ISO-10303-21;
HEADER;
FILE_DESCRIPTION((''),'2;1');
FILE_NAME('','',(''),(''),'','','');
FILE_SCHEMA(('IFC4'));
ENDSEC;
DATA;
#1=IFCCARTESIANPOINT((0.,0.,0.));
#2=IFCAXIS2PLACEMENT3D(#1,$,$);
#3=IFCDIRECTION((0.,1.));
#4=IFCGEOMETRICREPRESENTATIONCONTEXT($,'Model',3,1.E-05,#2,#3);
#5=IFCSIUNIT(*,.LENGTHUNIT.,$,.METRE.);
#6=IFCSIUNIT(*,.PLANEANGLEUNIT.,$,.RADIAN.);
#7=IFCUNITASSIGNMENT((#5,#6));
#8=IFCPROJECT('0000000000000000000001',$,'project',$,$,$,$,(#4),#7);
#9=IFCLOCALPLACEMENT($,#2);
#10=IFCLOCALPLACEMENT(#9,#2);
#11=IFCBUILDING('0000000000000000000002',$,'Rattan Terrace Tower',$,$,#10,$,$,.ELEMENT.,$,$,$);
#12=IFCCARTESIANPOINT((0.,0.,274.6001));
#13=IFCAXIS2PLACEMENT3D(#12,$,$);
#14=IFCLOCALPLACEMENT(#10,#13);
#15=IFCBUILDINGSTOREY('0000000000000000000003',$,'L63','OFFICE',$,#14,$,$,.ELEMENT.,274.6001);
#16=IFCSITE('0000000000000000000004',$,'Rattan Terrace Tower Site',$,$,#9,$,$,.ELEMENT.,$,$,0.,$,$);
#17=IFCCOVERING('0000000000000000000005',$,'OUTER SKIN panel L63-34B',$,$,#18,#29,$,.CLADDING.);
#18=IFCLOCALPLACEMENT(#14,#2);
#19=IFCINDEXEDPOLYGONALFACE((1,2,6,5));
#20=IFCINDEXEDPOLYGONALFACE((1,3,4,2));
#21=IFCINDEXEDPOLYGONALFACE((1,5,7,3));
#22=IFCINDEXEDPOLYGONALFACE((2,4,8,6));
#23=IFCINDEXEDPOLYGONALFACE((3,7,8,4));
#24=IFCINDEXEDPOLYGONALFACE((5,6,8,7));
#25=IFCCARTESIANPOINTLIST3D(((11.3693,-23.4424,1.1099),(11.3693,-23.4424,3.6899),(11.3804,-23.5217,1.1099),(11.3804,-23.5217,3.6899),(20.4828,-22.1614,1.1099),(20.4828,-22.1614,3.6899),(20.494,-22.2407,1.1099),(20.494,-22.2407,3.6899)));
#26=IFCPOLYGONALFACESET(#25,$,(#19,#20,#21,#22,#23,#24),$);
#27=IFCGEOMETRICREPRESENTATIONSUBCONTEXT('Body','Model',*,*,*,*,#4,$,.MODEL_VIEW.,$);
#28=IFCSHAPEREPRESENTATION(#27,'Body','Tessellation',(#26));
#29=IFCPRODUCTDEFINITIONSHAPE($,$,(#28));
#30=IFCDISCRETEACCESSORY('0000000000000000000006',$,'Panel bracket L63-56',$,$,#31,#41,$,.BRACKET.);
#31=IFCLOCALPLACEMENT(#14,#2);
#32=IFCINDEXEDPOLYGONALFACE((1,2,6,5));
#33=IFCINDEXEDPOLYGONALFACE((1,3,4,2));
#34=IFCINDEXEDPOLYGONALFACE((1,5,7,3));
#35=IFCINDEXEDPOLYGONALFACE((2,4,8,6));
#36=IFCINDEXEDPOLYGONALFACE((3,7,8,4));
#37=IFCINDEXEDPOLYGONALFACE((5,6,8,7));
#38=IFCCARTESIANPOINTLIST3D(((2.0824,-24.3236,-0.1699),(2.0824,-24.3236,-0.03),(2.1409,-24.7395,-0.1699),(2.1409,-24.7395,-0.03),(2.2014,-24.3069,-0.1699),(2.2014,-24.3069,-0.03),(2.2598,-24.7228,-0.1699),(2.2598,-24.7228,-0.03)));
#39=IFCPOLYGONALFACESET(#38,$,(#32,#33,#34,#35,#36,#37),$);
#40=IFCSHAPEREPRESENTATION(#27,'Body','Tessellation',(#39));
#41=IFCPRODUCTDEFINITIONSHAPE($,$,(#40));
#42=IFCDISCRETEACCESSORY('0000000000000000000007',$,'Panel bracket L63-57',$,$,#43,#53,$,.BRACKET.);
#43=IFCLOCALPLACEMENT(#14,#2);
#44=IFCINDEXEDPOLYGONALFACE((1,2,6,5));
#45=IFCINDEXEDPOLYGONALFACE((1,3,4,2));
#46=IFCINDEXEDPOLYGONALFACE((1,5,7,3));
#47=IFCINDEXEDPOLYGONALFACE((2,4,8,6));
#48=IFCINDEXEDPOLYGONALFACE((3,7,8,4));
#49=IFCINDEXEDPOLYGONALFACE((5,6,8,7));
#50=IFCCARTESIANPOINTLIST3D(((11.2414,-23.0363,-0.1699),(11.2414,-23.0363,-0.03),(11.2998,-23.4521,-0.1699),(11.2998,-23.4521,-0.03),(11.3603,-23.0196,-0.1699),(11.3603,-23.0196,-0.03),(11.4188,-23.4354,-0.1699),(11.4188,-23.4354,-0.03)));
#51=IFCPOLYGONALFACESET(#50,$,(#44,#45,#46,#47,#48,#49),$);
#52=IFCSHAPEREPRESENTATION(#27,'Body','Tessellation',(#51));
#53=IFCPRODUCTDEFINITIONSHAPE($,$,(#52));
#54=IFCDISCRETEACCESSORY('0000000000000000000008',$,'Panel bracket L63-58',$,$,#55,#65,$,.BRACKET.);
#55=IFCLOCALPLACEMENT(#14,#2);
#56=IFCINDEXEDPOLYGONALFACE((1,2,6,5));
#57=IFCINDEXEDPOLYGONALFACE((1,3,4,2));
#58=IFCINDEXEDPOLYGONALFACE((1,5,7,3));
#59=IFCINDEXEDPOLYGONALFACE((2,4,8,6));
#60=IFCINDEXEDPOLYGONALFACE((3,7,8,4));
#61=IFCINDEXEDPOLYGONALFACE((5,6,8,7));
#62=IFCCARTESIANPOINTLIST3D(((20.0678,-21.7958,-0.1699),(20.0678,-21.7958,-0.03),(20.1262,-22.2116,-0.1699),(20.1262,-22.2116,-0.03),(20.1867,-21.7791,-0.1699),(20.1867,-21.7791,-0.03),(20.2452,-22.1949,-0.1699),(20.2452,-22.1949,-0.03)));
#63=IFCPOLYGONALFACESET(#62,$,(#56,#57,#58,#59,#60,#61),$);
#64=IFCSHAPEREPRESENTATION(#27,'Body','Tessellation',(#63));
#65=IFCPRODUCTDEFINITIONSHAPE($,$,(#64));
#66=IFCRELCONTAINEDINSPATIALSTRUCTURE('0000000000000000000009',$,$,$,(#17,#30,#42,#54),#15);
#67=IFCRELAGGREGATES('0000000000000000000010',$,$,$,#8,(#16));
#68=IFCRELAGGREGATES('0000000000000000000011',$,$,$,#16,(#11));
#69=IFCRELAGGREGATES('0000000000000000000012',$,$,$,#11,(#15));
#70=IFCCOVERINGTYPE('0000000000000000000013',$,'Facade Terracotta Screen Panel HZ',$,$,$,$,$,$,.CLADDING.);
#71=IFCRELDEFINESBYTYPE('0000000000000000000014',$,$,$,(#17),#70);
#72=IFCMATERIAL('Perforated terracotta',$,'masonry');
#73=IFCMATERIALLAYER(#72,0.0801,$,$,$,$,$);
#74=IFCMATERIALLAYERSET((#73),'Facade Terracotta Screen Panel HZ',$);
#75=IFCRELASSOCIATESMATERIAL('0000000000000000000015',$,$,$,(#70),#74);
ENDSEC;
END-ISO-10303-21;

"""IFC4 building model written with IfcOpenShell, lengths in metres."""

from ifc_helpers import new_model, si_unit, direction, frame, origin, origin_2d, place, context, subcontext, project, spatial, rectangle, extrude, material, layer, layer_set, type_object, element, save


model = new_model("IFC4")

# Units and contexts
model_context = context("Model", 3, precision=1e-05, world=origin(), true_north=direction((0.0, 1.0)))
body_context = subcontext(model_context, "Body", "Model", "MODEL_VIEW")
ifc_project = project(units=[si_unit("LENGTHUNIT", "METRE"), si_unit("PLANEANGLEUNIT", "RADIAN")], contexts=[model_context])

# Site, building, storey
site_placement = place(None, origin())
site = spatial("IfcSite", under=ifc_project, at=site_placement, Name="Rattan Terrace Tower Site", CompositionType="ELEMENT", RefElevation=0.0)
building_placement = place(site_placement, origin())
building = spatial("IfcBuilding", under=site, at=building_placement, Name="Rattan Terrace Tower", CompositionType="ELEMENT")
storey_placement = place(building_placement, frame((0.0, 0.0, 274.6001)))
storey = spatial("IfcBuildingStorey", under=building, at=storey_placement, Name="L63", Description="OFFICE", CompositionType="ELEMENT", Elevation=274.6001)

# Covering
ifc_material_1 = material(Name="Perforated terracotta", Category="masonry")
ifc_layer_1 = layer(ifc_material_1, 0.0801)
ifc_layer_set_1 = layer_set([ifc_layer_1], Name="Facade Terracotta Screen Panel HZ")
covering_type_1 = type_object("IfcCoveringType", Name="Facade Terracotta Screen Panel HZ", PredefinedType="CLADDING", material=ifc_layer_set_1)
covering_1_placement = place(storey_placement, frame((15.9316, -22.8416, 1.1099), z_axis=(0.0, 0.0, 1.0), x_axis=(0.990266, 0.139189, 0.0)))
element("IfcCovering", 1, at=covering_1_placement, inside=storey, type_object=covering_type_1, Name="OUTER SKIN panel L63-34B", PredefinedType="CLADDING", context=body_context, shape_type="SweptSolid", body=[
    extrude(rectangle(XDim=9.2031, YDim=0.0801, at=origin_2d()), origin(), (0.0, 0.0, 1.0), 2.5801),
])

# Discrete accessories
for number, where, z_axis, x_axis, name in (
    (2, (2.1711, -24.5232, -0.1699), (0.0, 0.0, 1.0), (0.990266, 0.139189, 0.0), "Panel bracket L63-56"),
    (3, (11.3301, -23.2358, -0.1699), (0.0, 0.0, 1.0), (0.990266, 0.139189, 0.0), "Panel bracket L63-57"),
    (4, (20.1565, -21.9954, -0.1699), (0.0, 0.0, 1.0), (0.990266, 0.139189, 0.0), "Panel bracket L63-58"),
):
    element("IfcDiscreteAccessory", number, at=place(storey_placement, frame(where, z_axis=z_axis, x_axis=x_axis)), inside=storey, Name=name, PredefinedType="BRACKET", context=body_context, shape_type="SweptSolid", body=[
        extrude(rectangle(XDim=0.1201, YDim=0.4199, at=origin_2d()), origin(), (0.0, 0.0, 1.0), 0.1399),
    ])

save(model, "model.ifc")
